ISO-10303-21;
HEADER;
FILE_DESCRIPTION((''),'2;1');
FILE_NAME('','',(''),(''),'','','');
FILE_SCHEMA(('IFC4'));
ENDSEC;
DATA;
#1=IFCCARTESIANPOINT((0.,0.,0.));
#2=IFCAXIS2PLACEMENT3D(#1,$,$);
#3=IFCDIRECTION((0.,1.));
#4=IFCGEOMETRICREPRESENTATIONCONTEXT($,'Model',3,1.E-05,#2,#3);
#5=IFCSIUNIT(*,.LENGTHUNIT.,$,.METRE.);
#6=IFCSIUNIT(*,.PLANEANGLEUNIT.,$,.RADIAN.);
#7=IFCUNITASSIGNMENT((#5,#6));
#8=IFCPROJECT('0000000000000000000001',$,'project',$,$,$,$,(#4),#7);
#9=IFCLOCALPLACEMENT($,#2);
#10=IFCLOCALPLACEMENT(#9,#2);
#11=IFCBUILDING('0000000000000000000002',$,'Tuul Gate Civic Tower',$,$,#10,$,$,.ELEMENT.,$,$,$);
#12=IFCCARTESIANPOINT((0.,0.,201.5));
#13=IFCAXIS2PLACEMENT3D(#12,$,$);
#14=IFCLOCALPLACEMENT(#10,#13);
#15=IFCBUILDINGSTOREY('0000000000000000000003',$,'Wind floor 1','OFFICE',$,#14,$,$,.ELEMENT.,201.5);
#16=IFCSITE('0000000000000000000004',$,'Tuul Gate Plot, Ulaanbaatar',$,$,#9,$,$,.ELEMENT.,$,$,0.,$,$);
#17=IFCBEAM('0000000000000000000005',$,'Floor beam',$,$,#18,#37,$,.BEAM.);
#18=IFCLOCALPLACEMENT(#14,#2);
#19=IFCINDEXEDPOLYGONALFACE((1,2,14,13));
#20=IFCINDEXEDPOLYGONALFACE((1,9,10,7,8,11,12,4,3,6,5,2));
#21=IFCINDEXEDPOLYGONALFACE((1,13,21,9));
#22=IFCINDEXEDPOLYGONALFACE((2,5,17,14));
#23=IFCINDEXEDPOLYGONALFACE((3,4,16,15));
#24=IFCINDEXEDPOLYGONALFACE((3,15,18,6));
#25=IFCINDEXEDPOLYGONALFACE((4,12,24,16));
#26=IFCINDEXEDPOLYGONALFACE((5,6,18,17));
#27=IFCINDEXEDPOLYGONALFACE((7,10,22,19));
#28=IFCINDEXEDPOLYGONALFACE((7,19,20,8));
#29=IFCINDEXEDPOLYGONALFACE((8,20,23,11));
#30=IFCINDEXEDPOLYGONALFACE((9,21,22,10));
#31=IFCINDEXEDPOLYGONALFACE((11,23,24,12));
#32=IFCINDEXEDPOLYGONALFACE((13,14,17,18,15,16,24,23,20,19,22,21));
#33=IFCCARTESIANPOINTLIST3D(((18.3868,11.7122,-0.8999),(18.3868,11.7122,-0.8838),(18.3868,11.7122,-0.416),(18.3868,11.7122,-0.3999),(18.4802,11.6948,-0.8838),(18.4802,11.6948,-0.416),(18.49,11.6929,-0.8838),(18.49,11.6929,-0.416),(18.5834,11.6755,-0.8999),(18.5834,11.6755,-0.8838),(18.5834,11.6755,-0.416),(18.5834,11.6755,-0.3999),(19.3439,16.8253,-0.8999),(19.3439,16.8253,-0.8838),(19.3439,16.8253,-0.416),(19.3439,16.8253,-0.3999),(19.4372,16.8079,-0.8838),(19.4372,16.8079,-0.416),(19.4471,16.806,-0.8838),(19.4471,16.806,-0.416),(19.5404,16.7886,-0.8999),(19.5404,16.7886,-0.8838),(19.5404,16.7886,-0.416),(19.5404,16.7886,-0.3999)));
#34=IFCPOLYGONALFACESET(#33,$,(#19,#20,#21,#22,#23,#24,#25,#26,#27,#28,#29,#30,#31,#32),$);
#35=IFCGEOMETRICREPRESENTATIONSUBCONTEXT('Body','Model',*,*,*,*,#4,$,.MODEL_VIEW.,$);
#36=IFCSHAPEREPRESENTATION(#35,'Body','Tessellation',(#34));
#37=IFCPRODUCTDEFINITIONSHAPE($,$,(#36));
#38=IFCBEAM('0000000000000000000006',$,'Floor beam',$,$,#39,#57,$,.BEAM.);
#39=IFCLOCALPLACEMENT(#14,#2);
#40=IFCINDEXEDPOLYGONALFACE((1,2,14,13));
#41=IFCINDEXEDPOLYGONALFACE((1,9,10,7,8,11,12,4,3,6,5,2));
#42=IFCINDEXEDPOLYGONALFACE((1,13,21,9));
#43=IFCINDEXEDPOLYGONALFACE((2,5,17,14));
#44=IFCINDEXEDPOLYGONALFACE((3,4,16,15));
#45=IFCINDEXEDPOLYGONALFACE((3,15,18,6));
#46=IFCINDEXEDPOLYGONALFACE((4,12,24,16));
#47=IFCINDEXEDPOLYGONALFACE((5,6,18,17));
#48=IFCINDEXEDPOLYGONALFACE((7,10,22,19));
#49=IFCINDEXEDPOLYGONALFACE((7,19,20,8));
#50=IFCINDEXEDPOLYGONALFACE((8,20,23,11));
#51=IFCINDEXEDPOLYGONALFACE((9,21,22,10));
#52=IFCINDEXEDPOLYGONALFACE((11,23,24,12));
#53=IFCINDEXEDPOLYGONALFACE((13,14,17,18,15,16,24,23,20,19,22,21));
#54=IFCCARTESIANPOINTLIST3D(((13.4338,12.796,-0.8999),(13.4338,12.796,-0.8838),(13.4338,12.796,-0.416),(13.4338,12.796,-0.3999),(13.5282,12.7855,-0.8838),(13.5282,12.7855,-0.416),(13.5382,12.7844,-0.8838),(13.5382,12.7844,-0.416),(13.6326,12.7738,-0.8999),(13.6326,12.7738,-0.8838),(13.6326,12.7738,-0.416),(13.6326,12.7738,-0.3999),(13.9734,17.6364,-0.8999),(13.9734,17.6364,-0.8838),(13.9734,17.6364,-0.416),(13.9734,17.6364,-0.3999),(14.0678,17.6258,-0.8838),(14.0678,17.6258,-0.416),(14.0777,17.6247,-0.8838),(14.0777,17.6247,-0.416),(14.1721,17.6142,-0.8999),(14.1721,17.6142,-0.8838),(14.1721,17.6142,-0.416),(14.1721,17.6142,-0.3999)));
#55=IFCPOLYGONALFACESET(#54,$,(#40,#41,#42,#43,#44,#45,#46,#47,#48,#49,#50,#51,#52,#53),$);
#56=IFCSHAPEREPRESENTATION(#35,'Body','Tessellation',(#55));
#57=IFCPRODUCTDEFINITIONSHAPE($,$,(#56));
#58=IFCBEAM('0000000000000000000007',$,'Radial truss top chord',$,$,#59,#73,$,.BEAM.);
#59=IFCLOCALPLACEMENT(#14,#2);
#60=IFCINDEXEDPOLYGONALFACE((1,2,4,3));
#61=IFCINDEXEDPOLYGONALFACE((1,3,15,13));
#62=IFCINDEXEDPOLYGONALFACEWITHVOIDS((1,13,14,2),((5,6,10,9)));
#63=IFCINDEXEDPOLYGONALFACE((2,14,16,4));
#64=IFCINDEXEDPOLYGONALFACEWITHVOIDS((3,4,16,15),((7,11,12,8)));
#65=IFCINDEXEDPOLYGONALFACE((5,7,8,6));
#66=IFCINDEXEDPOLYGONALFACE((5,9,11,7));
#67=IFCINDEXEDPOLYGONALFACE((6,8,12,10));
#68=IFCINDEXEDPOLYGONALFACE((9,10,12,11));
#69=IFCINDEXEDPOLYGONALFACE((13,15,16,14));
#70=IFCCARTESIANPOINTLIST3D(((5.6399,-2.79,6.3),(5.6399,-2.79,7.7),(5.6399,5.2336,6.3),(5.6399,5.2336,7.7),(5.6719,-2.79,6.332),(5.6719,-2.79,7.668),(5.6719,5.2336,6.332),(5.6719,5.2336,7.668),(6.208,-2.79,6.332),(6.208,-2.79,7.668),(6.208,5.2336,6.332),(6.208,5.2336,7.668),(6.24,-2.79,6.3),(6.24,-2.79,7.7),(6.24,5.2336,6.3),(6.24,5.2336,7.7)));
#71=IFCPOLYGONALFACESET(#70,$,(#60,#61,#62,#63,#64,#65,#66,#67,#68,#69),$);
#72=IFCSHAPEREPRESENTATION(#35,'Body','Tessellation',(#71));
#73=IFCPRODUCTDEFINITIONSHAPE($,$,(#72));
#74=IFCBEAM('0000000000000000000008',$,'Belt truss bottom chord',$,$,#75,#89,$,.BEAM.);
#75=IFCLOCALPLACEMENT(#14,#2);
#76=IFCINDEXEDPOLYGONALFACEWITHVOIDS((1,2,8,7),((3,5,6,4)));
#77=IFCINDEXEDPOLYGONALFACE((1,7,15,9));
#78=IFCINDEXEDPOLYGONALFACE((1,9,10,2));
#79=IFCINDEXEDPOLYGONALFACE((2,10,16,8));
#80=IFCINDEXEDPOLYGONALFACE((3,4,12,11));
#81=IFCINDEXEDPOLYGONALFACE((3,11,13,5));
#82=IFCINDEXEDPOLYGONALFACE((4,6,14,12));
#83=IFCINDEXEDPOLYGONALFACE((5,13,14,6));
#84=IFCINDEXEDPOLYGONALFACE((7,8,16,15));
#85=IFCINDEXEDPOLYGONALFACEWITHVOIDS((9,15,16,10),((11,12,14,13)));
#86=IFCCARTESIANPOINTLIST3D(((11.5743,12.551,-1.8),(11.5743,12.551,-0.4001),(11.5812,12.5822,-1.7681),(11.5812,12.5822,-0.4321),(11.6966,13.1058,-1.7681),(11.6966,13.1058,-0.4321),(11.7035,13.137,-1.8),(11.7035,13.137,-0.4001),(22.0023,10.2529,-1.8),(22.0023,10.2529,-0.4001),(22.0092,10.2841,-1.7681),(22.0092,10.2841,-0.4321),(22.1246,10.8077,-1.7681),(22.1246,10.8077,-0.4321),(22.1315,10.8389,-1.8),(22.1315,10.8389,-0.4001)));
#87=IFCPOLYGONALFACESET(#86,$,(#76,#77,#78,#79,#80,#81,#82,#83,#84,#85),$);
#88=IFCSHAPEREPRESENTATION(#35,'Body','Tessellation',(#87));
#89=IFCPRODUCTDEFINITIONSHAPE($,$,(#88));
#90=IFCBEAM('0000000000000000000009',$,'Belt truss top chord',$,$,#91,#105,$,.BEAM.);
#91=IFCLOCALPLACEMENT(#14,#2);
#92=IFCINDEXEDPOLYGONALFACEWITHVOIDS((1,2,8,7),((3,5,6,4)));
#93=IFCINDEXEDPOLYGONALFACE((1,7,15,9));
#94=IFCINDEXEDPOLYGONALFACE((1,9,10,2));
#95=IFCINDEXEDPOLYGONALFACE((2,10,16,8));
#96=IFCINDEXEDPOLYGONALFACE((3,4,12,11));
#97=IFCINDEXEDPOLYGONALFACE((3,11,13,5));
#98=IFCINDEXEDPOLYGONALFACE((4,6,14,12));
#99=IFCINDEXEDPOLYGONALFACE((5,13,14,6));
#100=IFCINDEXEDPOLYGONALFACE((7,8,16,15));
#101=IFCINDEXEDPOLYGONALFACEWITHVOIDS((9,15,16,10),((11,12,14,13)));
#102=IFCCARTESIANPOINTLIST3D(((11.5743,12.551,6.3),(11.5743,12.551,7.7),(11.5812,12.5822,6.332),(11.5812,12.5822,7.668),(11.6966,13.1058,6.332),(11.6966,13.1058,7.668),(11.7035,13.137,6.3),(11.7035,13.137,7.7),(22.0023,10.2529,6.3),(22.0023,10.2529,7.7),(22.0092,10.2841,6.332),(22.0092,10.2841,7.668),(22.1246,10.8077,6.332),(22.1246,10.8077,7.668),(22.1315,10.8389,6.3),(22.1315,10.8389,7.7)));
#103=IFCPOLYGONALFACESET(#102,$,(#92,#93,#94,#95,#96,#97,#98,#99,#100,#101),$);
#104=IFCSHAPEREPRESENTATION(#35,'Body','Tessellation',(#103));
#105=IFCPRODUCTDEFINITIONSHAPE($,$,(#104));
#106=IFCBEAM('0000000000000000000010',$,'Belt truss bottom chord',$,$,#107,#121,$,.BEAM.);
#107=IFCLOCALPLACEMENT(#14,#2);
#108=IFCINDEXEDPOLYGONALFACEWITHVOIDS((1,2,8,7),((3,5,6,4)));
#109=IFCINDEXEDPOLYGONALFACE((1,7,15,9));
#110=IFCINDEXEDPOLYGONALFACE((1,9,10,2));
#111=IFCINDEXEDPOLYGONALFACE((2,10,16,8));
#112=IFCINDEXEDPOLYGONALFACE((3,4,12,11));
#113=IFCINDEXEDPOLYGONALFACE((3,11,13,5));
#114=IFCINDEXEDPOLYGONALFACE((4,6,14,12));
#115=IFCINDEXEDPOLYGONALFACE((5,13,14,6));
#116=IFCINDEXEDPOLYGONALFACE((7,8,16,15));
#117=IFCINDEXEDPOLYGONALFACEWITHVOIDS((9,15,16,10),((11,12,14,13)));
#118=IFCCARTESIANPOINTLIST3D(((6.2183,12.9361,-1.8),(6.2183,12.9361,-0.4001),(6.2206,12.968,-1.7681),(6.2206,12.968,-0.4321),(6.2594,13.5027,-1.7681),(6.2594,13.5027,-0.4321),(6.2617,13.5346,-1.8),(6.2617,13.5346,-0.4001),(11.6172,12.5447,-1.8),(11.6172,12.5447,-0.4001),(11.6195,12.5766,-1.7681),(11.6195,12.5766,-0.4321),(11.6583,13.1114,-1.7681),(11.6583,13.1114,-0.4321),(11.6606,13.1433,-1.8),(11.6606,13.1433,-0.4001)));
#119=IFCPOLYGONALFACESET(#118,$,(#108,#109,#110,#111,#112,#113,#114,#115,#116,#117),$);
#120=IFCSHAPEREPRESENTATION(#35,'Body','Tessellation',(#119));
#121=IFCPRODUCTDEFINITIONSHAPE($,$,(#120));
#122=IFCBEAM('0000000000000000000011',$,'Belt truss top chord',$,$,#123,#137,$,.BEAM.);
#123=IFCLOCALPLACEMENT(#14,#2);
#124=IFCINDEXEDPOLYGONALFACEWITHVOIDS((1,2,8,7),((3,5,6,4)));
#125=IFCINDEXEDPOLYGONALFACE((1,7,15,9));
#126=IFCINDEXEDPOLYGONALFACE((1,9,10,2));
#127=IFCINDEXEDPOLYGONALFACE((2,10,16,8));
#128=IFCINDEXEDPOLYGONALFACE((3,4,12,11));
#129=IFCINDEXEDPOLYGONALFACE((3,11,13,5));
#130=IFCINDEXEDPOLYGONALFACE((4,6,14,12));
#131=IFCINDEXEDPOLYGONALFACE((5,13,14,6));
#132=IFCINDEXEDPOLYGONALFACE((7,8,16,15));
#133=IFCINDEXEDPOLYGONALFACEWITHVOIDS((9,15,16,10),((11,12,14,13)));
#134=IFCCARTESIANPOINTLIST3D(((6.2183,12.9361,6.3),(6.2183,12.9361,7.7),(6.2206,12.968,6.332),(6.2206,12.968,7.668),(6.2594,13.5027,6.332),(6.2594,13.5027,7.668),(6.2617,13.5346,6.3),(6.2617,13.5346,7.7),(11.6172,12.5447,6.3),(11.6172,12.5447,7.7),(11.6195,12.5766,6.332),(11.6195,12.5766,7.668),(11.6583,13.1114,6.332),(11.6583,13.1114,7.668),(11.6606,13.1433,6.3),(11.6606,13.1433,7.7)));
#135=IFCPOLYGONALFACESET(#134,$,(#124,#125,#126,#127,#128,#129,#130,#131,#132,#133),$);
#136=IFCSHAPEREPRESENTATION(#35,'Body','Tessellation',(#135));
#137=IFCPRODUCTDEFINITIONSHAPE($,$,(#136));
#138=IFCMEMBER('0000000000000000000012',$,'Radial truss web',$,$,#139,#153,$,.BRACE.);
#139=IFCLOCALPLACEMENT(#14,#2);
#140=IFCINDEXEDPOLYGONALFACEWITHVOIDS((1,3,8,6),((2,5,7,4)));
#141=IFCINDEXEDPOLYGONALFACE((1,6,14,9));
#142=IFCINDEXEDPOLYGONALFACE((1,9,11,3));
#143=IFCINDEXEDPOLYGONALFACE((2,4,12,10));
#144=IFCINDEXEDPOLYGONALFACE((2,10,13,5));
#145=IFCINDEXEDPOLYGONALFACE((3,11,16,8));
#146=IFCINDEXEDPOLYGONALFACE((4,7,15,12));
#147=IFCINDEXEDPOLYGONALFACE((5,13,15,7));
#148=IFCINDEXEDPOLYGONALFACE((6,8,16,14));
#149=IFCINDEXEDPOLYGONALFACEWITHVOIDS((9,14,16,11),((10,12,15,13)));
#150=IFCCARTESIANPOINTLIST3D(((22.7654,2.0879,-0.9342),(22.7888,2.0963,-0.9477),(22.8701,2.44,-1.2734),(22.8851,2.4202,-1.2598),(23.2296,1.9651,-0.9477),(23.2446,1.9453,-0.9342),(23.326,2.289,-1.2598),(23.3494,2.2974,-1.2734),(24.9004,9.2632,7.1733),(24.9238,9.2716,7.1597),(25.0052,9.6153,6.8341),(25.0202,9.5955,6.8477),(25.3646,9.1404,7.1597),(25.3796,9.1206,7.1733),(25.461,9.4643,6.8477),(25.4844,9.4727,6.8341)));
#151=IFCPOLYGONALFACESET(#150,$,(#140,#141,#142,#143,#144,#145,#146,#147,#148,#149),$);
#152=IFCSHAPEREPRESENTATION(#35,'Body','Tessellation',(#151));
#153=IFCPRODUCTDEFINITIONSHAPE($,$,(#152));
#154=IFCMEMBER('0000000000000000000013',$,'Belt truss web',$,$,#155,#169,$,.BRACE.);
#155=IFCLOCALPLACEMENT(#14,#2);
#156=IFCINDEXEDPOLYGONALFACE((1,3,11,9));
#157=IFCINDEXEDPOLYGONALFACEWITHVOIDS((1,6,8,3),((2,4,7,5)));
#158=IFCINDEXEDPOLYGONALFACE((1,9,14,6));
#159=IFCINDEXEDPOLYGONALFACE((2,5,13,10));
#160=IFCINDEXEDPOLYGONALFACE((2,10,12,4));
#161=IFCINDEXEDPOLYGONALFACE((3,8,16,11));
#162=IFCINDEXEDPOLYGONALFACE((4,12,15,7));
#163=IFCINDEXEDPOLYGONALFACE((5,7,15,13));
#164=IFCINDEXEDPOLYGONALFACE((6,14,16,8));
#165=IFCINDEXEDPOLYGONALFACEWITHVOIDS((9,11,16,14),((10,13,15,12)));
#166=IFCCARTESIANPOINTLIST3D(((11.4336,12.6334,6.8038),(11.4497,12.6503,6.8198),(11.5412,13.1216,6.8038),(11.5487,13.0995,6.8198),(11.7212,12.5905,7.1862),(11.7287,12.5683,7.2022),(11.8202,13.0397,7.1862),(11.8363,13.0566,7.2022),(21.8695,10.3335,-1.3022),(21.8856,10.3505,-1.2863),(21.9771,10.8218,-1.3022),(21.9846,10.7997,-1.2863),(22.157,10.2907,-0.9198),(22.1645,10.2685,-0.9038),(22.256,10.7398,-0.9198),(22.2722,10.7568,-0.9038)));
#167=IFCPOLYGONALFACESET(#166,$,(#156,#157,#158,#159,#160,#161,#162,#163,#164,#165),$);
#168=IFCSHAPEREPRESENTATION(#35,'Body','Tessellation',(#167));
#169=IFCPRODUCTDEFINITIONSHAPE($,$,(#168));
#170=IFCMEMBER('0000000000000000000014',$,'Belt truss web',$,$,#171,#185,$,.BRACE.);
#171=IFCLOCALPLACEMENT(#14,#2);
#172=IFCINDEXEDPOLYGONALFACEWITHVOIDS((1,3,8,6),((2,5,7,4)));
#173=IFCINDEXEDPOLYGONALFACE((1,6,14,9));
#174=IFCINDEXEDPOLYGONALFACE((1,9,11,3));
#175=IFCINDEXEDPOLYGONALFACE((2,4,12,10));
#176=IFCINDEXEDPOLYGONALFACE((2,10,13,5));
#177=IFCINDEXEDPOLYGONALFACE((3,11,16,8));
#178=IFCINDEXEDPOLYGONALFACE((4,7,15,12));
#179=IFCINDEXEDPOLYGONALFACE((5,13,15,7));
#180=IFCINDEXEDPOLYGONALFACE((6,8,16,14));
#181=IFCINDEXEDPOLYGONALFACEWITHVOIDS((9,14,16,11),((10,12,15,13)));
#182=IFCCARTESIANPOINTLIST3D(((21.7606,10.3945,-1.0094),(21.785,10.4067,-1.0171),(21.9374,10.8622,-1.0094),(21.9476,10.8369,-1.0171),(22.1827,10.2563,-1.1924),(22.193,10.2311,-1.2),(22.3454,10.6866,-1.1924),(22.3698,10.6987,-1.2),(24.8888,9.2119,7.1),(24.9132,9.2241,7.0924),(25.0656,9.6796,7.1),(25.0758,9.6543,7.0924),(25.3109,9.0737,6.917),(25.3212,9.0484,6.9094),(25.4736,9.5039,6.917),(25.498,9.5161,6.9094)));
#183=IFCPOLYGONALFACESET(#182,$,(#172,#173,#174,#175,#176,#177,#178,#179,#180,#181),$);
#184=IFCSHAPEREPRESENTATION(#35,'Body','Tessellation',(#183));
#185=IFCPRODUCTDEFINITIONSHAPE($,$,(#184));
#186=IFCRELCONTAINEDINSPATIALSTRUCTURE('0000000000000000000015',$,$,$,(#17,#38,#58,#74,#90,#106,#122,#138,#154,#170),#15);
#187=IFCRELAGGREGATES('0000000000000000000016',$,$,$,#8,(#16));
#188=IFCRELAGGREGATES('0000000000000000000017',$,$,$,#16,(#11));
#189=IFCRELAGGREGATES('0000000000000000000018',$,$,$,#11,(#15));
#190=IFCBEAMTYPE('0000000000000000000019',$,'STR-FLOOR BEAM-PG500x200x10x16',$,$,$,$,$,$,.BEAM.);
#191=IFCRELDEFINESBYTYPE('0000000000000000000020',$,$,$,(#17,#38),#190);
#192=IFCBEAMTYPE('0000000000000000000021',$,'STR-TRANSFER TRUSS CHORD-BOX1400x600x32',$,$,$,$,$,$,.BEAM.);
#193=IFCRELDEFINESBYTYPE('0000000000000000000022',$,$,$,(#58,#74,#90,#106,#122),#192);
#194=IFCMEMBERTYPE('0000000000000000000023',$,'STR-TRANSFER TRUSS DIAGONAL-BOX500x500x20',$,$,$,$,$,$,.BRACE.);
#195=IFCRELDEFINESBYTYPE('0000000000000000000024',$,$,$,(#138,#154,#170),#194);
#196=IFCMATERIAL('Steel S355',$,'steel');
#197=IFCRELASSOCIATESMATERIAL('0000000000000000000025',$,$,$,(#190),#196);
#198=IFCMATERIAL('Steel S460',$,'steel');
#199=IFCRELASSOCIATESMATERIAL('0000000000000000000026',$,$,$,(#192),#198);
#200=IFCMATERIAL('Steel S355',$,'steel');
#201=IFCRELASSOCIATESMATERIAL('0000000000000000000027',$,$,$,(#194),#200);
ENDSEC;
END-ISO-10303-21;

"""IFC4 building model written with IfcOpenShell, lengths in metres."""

from ifc_helpers import new_model, si_unit, direction, frame, origin, origin_2d, place, context, subcontext, project, spatial, hollow_rectangle, i_section, extrude, material, material_profile, profile_set, type_object, element, save


model = new_model("IFC4")

# Units and contexts
model_context = context("Model", 3, precision=1e-05, world=origin(), true_north=direction((0.0, 1.0)))
body_context = subcontext(model_context, "Body", "Model", "MODEL_VIEW")
ifc_project = project(units=[si_unit("LENGTHUNIT", "METRE"), si_unit("PLANEANGLEUNIT", "RADIAN")], contexts=[model_context])

# Site, building, storey
site_placement = place(None, origin())
site = spatial("IfcSite", under=ifc_project, at=site_placement, Name="Tuul Gate Plot, Ulaanbaatar", CompositionType="ELEMENT", RefElevation=0.0)
building_placement = place(site_placement, origin())
building = spatial("IfcBuilding", under=site, at=building_placement, Name="Tuul Gate Civic Tower", CompositionType="ELEMENT")
storey_placement = place(building_placement, frame((0.0, 0.0, 201.5)))
storey = spatial("IfcBuildingStorey", under=building, at=storey_placement, Name="Wind floor 1", Description="OFFICE", CompositionType="ELEMENT", Elevation=201.5)

# Beams
ifc_material_1 = material(Name="Steel S355", Category="steel")
ifc_material_profile_1 = material_profile(ifc_material_1, i_section(OverallWidth=0.2, OverallDepth=0.5, WebThickness=0.01, FlangeThickness=0.0161, at=origin_2d()), Name="PG500x200x10x16")
ifc_profile_set_1 = profile_set([ifc_material_profile_1], Name="Steel S355")
beam_type_1 = type_object("IfcBeamType", Name="STR-FLOOR BEAM-PG500x200x10x16", PredefinedType="BEAM", material=ifc_profile_set_1)
beam_1_placement = place(storey_placement, frame((18.4851, 11.6938, -0.6499), z_axis=(0.18398, 0.98293, 0.0), x_axis=(-0.98293, 0.18398, 0.0)))
element("IfcBeam", 1, at=beam_1_placement, inside=storey, type_object=beam_type_1, Name="Floor beam", PredefinedType="BEAM", context=body_context, shape_type="SweptSolid", body=[
    extrude(i_section(OverallWidth=0.2, OverallDepth=0.5, WebThickness=0.01, FlangeThickness=0.0161, at=origin_2d()), origin(), (0.0, 0.0, 1.0), 5.2019),
])
beam_2_placement = place(storey_placement, frame((13.5332, 12.7849, -0.6499), z_axis=(0.110784, 0.993845, 0.0), x_axis=(-0.993845, 0.110784, 0.0)))
element("IfcBeam", 2, at=beam_2_placement, inside=storey, type_object=beam_type_1, Name="Floor beam", PredefinedType="BEAM", context=body_context, shape_type="SweptSolid", body=[
    extrude(i_section(OverallWidth=0.2, OverallDepth=0.5, WebThickness=0.01, FlangeThickness=0.0161, at=origin_2d()), origin(), (0.0, 0.0, 1.0), 4.8704),
])
ifc_material_2 = material(Name="Steel S460", Category="steel")
ifc_material_profile_2 = material_profile(ifc_material_2, hollow_rectangle(XDim=0.6001, YDim=1.3999, WallThickness=0.032, at=origin_2d()), Name="BOX1400x600x32")
ifc_profile_set_2 = profile_set([ifc_material_profile_2], Name="Steel S460")
beam_type_2 = type_object("IfcBeamType", Name="STR-TRANSFER TRUSS CHORD-BOX1400x600x32", PredefinedType="BEAM", material=ifc_profile_set_2)
beam_3_placement = place(storey_placement, frame((5.9399, 5.2336, 7.0), z_axis=(0.0, -1.0, 0.0), x_axis=(1.0, 0.0, 0.0)))
element("IfcBeam", 3, at=beam_3_placement, inside=storey, type_object=beam_type_2, Name="Radial truss top chord", PredefinedType="BEAM", context=body_context, shape_type="SweptSolid", body=[
    extrude(hollow_rectangle(XDim=0.6001, YDim=1.3999, WallThickness=0.032, at=origin_2d()), origin(), (0.0, 0.0, 1.0), 8.0237),
])
for number, where, z_axis, x_axis, name in (
    (4, (22.0669, 10.5459, -1.1001), (-0.976567, 0.215214, 0.0), (-0.215214, -0.976567, 0.0), "Belt truss bottom chord"),
    (5, (22.0669, 10.5459, 7.0), (-0.976567, 0.215214, 0.0), (-0.215214, -0.976567, 0.0), "Belt truss top chord"),
):
    element("IfcBeam", number, at=place(storey_placement, frame(where, z_axis=z_axis, x_axis=x_axis)), inside=storey, type_object=beam_type_2, Name=name, PredefinedType="BEAM", context=body_context, shape_type="SweptSolid", body=[
        extrude(hollow_rectangle(XDim=0.6001, YDim=1.3999, WallThickness=0.032, at=origin_2d()), origin(), (0.0, 0.0, 1.0), 10.6782),
    ])
for number, where, z_axis, x_axis, name in (
    (6, (11.6389, 12.844, -1.1001), (-0.997383, 0.072298, 0.0), (-0.072298, -0.997383, 0.0), "Belt truss bottom chord"),
    (7, (11.6389, 12.844, 7.0), (-0.997383, 0.072298, 0.0), (-0.072298, -0.997383, 0.0), "Belt truss top chord"),
):
    element("IfcBeam", number, at=place(storey_placement, frame(where, z_axis=z_axis, x_axis=x_axis)), inside=storey, type_object=beam_type_2, Name=name, PredefinedType="BEAM", context=body_context, shape_type="SweptSolid", body=[
        extrude(hollow_rectangle(XDim=0.6001, YDim=1.3999, WallThickness=0.032, at=origin_2d()), origin(), (0.0, 0.0, 1.0), 5.4131),
    ])

# Members
ifc_material_3 = material(Name="Steel S355", Category="steel")
ifc_material_profile_3 = material_profile(ifc_material_3, hollow_rectangle(XDim=0.5, YDim=0.5, WallThickness=0.02, at=origin_2d()), Name="BOX500x500x20")
ifc_profile_set_3 = profile_set([ifc_material_profile_3], Name="Steel S355")
member_type_1 = type_object("IfcMemberType", Name="STR-TRANSFER TRUSS DIAGONAL-BOX500x500x20", PredefinedType="BRACE", material=ifc_profile_set_3)
member_1_placement = place(storey_placement, frame((23.0574, 2.1926, -1.1038), z_axis=(0.193474, 0.650225, 0.734694), x_axis=(-0.95847, 0.285193, 0.0)))
element("IfcMember", 8, at=member_1_placement, inside=storey, type_object=member_type_1, Name="Radial truss web", PredefinedType="BRACE", context=body_context, shape_type="SweptSolid", body=[
    extrude(hollow_rectangle(XDim=0.5, YDim=0.5, WallThickness=0.02, at=origin_2d()), origin(), (0.0, 0.0, 1.0), 11.0352),
])
member_2_placement = place(storey_placement, frame((22.0708, 10.5452, -1.103), z_axis=(-0.778051, 0.171464, 0.604348), x_axis=(-0.215213, -0.976567, 0.0)))
element("IfcMember", 9, at=member_2_placement, inside=storey, type_object=member_type_1, Name="Belt truss web", PredefinedType="BRACE", context=body_context, shape_type="SweptSolid", body=[
    extrude(hollow_rectangle(XDim=0.5, YDim=0.5, WallThickness=0.02, at=origin_2d()), origin(), (0.0, 0.0, 1.0), 13.4128),
])
member_3_placement = place(storey_placement, frame((22.0652, 10.5466, -1.1047), z_axis=(0.356614, -0.134819, 0.924473), x_axis=(0.353626, 0.935387, 0.0)))
element("IfcMember", 10, at=member_3_placement, inside=storey, type_object=member_type_1, Name="Belt truss web", PredefinedType="BRACE", context=body_context, shape_type="SweptSolid", body=[
    extrude(hollow_rectangle(XDim=0.5, YDim=0.5, WallThickness=0.02, at=origin_2d()), origin(), (0.0, 0.0, 1.0), 8.772),
])

save(model, "model.ifc")
